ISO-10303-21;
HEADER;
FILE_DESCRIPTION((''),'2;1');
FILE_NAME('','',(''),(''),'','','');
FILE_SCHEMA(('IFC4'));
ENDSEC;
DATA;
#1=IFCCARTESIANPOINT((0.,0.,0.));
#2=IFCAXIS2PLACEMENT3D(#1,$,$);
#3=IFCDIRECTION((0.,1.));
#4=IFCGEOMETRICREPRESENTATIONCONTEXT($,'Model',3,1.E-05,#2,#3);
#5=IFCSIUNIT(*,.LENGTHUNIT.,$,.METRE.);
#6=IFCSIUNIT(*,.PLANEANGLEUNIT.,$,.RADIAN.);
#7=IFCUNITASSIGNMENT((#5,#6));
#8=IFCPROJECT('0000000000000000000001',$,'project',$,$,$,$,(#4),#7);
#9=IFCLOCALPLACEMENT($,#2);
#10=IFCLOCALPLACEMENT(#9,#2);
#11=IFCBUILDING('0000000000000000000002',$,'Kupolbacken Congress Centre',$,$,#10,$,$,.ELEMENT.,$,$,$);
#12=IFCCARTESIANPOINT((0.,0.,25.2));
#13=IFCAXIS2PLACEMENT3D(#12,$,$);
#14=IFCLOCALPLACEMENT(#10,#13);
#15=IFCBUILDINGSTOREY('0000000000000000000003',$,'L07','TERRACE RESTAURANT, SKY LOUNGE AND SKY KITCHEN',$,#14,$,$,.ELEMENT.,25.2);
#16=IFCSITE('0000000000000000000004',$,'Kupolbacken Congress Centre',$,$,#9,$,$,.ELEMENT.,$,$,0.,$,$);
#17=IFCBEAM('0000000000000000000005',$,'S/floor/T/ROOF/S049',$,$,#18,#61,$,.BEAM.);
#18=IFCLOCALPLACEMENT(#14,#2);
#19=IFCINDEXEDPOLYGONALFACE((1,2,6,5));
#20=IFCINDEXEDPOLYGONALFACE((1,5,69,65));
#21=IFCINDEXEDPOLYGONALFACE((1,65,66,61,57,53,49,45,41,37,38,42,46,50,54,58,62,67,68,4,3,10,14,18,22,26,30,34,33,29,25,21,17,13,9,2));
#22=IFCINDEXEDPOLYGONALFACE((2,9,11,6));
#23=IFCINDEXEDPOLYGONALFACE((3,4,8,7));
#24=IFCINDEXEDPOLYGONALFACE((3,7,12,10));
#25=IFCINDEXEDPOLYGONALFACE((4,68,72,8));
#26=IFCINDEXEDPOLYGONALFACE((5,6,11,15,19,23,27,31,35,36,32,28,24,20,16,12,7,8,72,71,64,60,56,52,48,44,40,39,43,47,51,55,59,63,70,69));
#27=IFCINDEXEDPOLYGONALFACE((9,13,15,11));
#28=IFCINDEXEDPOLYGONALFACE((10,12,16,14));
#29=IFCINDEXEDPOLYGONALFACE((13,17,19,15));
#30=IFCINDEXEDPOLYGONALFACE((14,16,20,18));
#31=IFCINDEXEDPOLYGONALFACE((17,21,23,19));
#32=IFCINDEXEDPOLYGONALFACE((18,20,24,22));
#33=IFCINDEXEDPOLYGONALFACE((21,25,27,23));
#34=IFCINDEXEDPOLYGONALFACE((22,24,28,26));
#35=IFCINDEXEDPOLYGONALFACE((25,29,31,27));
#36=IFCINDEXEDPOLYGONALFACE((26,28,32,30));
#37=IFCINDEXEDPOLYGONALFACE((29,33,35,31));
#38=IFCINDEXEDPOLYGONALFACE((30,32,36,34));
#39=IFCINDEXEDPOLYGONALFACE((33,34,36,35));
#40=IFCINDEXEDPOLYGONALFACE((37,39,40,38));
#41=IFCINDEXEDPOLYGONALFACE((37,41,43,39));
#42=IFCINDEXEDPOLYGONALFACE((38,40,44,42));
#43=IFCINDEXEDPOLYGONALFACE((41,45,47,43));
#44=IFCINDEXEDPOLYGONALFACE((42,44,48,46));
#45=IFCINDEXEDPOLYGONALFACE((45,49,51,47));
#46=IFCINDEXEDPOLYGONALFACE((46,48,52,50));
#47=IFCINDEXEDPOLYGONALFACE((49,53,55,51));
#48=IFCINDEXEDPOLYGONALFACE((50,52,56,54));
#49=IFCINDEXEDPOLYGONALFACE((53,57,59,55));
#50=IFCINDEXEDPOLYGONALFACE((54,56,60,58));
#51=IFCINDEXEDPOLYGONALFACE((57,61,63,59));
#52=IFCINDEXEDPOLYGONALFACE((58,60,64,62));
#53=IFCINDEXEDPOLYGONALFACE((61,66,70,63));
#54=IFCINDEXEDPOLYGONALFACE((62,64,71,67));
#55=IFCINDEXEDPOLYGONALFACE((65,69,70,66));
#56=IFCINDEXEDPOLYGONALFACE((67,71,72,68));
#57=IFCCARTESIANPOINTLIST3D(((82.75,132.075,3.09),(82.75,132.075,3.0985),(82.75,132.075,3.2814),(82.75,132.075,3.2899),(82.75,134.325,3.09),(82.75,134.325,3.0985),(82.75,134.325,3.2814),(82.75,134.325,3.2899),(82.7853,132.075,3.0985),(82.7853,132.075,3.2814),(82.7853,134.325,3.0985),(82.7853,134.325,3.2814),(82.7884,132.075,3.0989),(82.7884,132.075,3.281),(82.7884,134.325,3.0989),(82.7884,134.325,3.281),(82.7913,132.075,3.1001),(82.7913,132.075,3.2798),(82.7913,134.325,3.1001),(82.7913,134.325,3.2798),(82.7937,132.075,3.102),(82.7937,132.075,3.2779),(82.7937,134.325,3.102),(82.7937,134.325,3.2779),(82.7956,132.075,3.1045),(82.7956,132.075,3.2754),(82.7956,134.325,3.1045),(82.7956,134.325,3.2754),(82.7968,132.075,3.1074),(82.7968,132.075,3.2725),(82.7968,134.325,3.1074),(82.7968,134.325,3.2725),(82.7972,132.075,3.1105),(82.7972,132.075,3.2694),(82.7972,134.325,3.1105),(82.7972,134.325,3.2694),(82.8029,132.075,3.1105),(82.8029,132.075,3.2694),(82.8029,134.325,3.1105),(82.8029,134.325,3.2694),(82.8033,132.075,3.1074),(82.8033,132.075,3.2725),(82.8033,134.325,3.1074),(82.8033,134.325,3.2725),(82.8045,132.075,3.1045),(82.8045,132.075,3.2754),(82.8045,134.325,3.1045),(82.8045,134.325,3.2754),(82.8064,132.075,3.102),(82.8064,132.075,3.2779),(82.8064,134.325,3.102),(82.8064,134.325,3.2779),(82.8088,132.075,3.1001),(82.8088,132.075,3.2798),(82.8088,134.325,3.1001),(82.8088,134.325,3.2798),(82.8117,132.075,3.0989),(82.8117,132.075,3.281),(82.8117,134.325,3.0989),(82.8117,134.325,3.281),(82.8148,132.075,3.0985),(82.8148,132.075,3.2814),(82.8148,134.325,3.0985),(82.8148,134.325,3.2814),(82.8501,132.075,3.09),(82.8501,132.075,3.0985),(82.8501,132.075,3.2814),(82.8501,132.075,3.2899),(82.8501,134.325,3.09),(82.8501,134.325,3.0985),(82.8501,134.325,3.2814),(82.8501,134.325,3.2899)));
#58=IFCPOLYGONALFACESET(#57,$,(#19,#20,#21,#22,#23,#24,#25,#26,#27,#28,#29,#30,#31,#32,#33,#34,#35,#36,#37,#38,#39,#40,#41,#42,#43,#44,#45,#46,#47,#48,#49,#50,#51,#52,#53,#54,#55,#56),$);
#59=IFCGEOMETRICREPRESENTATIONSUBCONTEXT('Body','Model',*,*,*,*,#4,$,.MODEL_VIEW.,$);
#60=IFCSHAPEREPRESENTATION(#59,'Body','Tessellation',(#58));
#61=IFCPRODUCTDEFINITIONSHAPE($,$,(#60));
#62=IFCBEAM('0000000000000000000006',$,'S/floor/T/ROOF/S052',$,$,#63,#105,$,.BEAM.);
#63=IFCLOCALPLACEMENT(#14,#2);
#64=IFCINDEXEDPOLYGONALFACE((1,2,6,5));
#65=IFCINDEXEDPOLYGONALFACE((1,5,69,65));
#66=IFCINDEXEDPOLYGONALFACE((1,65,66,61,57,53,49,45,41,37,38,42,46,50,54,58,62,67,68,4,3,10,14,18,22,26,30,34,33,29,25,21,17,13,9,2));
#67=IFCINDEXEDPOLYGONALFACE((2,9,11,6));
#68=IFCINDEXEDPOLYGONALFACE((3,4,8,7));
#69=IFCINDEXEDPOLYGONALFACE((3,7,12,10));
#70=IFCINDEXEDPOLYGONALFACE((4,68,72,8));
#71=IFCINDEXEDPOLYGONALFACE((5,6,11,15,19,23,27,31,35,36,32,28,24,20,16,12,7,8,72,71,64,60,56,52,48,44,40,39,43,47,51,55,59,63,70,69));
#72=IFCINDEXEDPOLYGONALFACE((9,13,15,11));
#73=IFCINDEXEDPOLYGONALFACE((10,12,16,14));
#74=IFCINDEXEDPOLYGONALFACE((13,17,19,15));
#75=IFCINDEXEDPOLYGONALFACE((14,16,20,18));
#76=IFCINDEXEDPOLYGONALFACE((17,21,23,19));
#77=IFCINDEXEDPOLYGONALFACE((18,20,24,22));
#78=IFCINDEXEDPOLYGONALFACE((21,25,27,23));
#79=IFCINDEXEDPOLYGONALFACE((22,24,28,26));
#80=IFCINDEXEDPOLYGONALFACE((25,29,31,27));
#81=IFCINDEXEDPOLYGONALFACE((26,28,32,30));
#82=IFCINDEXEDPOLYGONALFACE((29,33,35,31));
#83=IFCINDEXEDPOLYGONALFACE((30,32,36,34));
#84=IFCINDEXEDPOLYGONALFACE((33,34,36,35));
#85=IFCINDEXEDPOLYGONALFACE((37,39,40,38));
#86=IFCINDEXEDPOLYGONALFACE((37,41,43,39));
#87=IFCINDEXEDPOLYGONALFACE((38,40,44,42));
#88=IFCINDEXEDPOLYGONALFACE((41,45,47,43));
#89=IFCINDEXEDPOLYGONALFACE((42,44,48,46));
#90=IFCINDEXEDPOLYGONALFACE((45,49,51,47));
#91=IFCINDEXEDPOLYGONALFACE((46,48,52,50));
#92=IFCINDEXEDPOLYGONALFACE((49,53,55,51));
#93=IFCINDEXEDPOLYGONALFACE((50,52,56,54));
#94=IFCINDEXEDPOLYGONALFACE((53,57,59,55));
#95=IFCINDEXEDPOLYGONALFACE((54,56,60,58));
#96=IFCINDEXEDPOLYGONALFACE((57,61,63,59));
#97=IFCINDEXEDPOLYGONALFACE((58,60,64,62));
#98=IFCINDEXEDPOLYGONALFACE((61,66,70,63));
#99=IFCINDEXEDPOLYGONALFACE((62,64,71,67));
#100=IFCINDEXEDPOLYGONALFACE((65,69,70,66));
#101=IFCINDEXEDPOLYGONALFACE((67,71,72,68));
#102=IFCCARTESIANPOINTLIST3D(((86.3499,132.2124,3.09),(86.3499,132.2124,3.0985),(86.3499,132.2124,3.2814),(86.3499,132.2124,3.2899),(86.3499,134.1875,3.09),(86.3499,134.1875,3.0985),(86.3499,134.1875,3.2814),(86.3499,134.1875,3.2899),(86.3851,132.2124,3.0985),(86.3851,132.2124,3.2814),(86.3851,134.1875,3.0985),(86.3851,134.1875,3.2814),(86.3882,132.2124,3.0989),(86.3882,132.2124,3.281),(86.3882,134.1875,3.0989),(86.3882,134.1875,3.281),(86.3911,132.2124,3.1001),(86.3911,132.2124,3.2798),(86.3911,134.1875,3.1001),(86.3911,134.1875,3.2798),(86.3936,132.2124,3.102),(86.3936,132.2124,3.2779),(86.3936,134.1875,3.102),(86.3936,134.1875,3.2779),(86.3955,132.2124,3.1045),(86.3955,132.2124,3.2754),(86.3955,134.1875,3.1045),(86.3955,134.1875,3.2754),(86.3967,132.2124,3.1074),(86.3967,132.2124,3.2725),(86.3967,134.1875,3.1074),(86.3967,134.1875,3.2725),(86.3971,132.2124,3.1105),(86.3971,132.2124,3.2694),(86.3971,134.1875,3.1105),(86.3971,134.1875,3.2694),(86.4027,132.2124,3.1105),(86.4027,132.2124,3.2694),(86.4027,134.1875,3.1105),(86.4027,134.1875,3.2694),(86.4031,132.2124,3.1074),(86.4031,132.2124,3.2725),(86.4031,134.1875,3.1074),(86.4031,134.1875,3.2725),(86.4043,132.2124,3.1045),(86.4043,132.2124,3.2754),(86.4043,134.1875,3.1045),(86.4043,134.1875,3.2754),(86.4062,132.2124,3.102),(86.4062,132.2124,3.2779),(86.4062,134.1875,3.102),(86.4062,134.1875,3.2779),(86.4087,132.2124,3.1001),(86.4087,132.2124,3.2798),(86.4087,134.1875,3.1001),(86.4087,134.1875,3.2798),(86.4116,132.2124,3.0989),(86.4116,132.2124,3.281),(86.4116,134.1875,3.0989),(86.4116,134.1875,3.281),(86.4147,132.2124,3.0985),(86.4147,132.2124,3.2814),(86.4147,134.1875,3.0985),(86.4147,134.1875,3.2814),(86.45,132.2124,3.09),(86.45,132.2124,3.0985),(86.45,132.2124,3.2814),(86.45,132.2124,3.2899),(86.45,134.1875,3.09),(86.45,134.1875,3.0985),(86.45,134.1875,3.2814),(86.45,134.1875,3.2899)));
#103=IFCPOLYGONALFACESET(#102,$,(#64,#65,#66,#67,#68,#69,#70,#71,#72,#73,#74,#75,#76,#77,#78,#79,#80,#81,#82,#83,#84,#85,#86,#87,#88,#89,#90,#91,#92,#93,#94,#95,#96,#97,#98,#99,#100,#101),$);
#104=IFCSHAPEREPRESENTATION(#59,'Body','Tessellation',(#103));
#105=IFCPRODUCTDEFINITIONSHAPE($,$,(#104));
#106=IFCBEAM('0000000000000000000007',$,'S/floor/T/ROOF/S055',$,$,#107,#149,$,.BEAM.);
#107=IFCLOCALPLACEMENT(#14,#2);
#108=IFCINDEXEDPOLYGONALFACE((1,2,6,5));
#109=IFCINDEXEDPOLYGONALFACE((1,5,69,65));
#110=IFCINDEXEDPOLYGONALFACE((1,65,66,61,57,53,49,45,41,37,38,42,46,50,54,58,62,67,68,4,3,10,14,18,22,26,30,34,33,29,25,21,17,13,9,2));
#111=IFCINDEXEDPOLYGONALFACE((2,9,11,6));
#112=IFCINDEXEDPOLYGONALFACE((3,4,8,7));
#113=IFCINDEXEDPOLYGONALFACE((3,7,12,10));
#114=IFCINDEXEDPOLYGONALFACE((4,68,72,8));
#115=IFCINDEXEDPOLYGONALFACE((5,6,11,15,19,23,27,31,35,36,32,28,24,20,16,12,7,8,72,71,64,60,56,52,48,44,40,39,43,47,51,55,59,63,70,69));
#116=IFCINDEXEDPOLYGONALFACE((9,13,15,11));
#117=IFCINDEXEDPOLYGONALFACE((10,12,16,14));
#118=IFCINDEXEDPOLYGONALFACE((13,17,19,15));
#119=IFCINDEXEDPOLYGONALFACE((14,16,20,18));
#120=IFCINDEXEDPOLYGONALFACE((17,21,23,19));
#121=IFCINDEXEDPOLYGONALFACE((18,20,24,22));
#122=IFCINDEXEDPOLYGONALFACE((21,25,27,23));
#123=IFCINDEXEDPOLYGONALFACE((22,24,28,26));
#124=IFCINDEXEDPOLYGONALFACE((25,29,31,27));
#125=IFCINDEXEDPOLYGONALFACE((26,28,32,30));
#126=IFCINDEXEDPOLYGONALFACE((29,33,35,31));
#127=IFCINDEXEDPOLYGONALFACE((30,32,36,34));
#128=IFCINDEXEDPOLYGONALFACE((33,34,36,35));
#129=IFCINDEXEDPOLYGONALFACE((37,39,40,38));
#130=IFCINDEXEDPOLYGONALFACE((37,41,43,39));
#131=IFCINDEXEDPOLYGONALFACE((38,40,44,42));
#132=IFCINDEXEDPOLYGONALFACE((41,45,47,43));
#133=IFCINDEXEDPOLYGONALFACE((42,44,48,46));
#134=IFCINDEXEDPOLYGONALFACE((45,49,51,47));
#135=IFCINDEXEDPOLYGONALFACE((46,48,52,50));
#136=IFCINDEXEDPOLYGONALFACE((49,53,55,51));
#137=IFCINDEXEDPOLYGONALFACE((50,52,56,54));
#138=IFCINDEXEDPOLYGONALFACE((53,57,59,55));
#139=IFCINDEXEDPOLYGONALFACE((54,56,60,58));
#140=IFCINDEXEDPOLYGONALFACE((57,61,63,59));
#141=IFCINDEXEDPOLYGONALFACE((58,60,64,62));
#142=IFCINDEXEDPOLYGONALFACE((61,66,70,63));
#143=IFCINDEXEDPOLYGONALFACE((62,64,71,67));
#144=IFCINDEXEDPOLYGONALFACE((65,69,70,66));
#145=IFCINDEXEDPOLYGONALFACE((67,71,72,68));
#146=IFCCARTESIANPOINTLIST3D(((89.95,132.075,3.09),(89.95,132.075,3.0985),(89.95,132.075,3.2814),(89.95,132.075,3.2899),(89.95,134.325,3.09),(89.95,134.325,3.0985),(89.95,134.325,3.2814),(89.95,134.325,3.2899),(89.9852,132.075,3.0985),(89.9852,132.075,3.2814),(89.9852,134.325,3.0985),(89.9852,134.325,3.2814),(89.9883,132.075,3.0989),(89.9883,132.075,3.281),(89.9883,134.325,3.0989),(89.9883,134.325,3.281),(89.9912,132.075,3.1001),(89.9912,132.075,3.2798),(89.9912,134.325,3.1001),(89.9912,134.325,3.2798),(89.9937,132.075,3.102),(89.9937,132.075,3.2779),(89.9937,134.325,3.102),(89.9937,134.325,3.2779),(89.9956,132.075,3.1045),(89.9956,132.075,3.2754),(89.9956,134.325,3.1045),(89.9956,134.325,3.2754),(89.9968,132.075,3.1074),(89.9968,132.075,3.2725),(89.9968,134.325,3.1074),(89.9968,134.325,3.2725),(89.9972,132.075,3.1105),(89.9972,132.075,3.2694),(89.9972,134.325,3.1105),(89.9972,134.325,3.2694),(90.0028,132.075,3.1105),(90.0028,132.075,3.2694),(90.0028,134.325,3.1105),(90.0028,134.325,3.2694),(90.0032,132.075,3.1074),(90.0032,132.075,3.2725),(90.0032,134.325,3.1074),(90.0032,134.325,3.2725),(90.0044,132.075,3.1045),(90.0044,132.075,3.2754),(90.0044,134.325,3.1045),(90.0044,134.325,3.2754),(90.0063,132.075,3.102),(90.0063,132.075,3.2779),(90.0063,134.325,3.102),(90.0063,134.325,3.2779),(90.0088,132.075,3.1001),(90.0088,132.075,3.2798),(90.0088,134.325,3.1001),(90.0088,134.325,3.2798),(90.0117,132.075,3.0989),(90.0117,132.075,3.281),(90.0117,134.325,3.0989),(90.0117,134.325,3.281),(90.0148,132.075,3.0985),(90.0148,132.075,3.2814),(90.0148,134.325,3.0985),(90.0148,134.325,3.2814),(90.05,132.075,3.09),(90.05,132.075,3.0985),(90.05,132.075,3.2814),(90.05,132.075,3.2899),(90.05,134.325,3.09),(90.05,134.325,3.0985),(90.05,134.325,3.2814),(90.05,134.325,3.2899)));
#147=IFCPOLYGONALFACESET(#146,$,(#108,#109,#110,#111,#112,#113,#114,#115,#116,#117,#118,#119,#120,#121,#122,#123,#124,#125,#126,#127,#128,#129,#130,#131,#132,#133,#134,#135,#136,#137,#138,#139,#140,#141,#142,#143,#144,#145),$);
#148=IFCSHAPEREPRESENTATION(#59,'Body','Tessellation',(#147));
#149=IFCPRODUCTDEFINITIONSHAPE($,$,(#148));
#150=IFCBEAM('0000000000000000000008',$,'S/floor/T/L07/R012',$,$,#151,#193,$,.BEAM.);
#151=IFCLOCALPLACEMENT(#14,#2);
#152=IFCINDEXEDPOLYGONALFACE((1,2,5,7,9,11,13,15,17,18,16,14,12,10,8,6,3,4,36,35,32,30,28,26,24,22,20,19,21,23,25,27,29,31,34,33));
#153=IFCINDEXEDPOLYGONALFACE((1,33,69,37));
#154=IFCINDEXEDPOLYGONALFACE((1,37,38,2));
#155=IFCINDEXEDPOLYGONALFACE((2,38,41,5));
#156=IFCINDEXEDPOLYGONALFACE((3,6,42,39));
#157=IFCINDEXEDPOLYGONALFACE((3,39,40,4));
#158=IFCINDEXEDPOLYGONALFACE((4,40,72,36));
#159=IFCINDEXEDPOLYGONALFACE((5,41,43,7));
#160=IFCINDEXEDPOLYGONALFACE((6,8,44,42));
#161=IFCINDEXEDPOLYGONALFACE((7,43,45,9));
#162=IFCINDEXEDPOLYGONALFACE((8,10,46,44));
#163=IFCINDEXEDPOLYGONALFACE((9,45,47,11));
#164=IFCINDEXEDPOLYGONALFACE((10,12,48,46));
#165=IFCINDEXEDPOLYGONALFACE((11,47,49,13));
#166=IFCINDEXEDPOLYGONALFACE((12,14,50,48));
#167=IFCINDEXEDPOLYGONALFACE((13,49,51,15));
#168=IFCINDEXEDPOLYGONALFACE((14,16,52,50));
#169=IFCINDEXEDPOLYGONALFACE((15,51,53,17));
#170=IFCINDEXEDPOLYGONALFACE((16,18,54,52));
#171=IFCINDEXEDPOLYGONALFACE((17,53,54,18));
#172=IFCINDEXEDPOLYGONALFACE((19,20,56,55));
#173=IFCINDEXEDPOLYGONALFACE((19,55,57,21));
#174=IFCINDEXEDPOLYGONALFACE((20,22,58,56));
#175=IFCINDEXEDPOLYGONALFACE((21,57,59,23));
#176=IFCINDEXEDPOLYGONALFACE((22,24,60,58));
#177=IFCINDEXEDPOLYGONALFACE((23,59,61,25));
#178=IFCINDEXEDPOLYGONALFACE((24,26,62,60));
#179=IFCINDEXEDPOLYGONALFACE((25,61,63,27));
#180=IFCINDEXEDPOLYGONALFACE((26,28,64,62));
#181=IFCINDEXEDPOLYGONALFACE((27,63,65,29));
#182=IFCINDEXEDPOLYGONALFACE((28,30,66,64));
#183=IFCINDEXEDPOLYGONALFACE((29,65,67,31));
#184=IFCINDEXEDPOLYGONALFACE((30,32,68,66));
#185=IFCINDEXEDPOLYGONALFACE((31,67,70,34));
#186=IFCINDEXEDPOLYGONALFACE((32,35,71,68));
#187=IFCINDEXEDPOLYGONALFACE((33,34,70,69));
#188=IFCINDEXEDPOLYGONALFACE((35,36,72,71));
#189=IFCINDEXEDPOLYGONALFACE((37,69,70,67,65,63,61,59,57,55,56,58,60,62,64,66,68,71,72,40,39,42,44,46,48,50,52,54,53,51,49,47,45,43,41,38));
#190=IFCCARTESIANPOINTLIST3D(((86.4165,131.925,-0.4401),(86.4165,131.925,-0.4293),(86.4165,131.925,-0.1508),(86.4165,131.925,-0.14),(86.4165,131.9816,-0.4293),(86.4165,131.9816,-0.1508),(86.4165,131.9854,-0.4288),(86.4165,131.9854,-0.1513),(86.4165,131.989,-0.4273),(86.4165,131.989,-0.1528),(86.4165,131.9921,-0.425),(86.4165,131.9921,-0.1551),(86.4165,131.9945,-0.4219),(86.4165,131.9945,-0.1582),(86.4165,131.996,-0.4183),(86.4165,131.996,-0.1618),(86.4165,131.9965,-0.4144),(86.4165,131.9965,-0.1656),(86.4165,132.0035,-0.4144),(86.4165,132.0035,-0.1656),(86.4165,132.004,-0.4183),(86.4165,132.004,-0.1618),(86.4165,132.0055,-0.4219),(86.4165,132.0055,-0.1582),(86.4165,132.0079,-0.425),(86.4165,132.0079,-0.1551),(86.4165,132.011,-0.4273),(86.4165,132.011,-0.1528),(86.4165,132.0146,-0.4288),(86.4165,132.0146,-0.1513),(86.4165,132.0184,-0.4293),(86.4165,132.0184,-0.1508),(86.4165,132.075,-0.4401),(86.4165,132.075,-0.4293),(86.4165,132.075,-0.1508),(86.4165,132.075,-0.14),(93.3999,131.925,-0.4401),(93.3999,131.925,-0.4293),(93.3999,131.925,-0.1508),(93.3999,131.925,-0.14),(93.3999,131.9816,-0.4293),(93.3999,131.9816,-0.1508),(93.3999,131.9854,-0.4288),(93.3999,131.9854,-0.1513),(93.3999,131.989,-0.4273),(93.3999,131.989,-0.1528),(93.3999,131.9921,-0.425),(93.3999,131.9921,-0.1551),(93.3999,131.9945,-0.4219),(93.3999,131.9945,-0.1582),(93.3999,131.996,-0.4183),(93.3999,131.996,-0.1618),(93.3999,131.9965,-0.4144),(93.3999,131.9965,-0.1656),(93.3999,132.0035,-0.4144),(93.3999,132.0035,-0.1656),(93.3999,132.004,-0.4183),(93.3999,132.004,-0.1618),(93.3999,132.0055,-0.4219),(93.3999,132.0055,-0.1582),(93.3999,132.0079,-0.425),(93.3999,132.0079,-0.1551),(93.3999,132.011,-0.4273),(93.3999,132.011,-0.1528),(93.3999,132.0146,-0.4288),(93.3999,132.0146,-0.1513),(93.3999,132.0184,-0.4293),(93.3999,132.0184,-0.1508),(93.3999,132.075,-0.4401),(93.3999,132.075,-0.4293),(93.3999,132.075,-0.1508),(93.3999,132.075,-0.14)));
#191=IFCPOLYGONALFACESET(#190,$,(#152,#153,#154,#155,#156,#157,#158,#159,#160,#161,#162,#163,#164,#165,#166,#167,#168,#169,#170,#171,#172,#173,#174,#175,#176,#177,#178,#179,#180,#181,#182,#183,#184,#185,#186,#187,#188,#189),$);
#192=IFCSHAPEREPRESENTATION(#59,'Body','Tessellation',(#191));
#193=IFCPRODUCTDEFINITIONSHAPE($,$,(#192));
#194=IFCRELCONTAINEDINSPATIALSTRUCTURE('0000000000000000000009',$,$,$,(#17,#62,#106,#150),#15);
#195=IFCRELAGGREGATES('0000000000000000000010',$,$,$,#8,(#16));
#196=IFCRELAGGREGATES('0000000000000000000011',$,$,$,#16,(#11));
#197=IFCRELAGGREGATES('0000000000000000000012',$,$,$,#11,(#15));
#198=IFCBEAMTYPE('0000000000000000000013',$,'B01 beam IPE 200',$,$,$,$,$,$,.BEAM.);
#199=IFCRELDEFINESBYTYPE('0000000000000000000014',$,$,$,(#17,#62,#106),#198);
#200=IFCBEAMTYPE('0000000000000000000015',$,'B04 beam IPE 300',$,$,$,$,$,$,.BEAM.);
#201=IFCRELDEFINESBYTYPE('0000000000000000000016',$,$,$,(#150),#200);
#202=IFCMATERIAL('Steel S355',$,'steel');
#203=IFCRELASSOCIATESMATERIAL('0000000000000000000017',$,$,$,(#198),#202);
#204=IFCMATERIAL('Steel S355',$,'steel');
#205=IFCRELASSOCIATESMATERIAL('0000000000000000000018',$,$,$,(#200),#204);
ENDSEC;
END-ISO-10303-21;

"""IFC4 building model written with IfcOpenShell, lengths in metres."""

from ifc_helpers import new_model, si_unit, direction, frame, origin, origin_2d, place, context, subcontext, project, spatial, i_section, extrude, material, material_profile, profile_set, type_object, element, save


model = new_model("IFC4")

# Units and contexts
model_context = context("Model", 3, precision=1e-05, world=origin(), true_north=direction((0.0, 1.0)))
body_context = subcontext(model_context, "Body", "Model", "MODEL_VIEW")
ifc_project = project(units=[si_unit("LENGTHUNIT", "METRE"), si_unit("PLANEANGLEUNIT", "RADIAN")], contexts=[model_context])

# Site, building, storey
site_placement = place(None, origin())
site = spatial("IfcSite", under=ifc_project, at=site_placement, Name="Kupolbacken Congress Centre", CompositionType="ELEMENT", RefElevation=0.0)
building_placement = place(site_placement, origin())
building = spatial("IfcBuilding", under=site, at=building_placement, Name="Kupolbacken Congress Centre", CompositionType="ELEMENT")
storey_placement = place(building_placement, frame((0.0, 0.0, 25.2)))
storey = spatial("IfcBuildingStorey", under=building, at=storey_placement, Name="L07", Description="TERRACE RESTAURANT, SKY LOUNGE AND SKY KITCHEN", CompositionType="ELEMENT", Elevation=25.2)

# Beams
ifc_material_1 = material(Name="Steel S355", Category="steel")
ifc_material_profile_1 = material_profile(ifc_material_1, i_section(OverallWidth=0.1001, OverallDepth=0.2, WebThickness=0.0056, FlangeThickness=0.0085, FilletRadius=0.012, at=origin_2d()), Name="IPE 200")
ifc_profile_set_1 = profile_set([ifc_material_profile_1], Name="Steel S355")
beam_type_1 = type_object("IfcBeamType", Name="B01 beam IPE 200", PredefinedType="BEAM", material=ifc_profile_set_1)
beam_1_placement = place(storey_placement, frame((82.8, 132.075, 3.1899), z_axis=(0.0, 1.0, 0.0), x_axis=(-1.0, 0.0, 0.0)))
element("IfcBeam", 1, at=beam_1_placement, inside=storey, type_object=beam_type_1, Name="S/floor/T/ROOF/S049", PredefinedType="BEAM", context=body_context, shape_type="SweptSolid", body=[
    extrude(i_section(OverallWidth=0.1001, OverallDepth=0.2, WebThickness=0.0056, FlangeThickness=0.0085, FilletRadius=0.012, at=origin_2d()), origin(), (0.0, 0.0, 1.0), 2.25),
])
beam_2_placement = place(storey_placement, frame((86.3999, 132.2124, 3.1899), z_axis=(0.0, 1.0, 0.0), x_axis=(-1.0, 0.0, 0.0)))
element("IfcBeam", 2, at=beam_2_placement, inside=storey, type_object=beam_type_1, Name="S/floor/T/ROOF/S052", PredefinedType="BEAM", context=body_context, shape_type="SweptSolid", body=[
    extrude(i_section(OverallWidth=0.1001, OverallDepth=0.2, WebThickness=0.0056, FlangeThickness=0.0085, FilletRadius=0.012, at=origin_2d()), origin(), (0.0, 0.0, 1.0), 1.9751),
])
beam_3_placement = place(storey_placement, frame((90.0, 132.075, 3.1899), z_axis=(0.0, 1.0, 0.0), x_axis=(-1.0, 0.0, 0.0)))
element("IfcBeam", 3, at=beam_3_placement, inside=storey, type_object=beam_type_1, Name="S/floor/T/ROOF/S055", PredefinedType="BEAM", context=body_context, shape_type="SweptSolid", body=[
    extrude(i_section(OverallWidth=0.1001, OverallDepth=0.2, WebThickness=0.0056, FlangeThickness=0.0085, FilletRadius=0.012, at=origin_2d()), origin(), (0.0, 0.0, 1.0), 2.25),
])
ifc_material_2 = material(Name="Steel S355", Category="steel")
ifc_material_profile_2 = material_profile(ifc_material_2, i_section(OverallWidth=0.1499, OverallDepth=0.3, WebThickness=0.0071, FlangeThickness=0.0107, FilletRadius=0.0149, at=origin_2d()), Name="IPE 300")
ifc_profile_set_2 = profile_set([ifc_material_profile_2], Name="Steel S355")
beam_type_2 = type_object("IfcBeamType", Name="B04 beam IPE 300", PredefinedType="BEAM", material=ifc_profile_set_2)
beam_4_placement = place(storey_placement, frame((86.4165, 132.0, -0.29), z_axis=(1.0, 0.0, 0.0), x_axis=(0.0, 1.0, 0.0)))
element("IfcBeam", 4, at=beam_4_placement, inside=storey, type_object=beam_type_2, Name="S/floor/T/L07/R012", PredefinedType="BEAM", context=body_context, shape_type="SweptSolid", body=[
    extrude(i_section(OverallWidth=0.1499, OverallDepth=0.3, WebThickness=0.0071, FlangeThickness=0.0107, FilletRadius=0.0149, at=origin_2d()), origin(), (0.0, 0.0, 1.0), 6.9834),
])

save(model, "model.ifc")
